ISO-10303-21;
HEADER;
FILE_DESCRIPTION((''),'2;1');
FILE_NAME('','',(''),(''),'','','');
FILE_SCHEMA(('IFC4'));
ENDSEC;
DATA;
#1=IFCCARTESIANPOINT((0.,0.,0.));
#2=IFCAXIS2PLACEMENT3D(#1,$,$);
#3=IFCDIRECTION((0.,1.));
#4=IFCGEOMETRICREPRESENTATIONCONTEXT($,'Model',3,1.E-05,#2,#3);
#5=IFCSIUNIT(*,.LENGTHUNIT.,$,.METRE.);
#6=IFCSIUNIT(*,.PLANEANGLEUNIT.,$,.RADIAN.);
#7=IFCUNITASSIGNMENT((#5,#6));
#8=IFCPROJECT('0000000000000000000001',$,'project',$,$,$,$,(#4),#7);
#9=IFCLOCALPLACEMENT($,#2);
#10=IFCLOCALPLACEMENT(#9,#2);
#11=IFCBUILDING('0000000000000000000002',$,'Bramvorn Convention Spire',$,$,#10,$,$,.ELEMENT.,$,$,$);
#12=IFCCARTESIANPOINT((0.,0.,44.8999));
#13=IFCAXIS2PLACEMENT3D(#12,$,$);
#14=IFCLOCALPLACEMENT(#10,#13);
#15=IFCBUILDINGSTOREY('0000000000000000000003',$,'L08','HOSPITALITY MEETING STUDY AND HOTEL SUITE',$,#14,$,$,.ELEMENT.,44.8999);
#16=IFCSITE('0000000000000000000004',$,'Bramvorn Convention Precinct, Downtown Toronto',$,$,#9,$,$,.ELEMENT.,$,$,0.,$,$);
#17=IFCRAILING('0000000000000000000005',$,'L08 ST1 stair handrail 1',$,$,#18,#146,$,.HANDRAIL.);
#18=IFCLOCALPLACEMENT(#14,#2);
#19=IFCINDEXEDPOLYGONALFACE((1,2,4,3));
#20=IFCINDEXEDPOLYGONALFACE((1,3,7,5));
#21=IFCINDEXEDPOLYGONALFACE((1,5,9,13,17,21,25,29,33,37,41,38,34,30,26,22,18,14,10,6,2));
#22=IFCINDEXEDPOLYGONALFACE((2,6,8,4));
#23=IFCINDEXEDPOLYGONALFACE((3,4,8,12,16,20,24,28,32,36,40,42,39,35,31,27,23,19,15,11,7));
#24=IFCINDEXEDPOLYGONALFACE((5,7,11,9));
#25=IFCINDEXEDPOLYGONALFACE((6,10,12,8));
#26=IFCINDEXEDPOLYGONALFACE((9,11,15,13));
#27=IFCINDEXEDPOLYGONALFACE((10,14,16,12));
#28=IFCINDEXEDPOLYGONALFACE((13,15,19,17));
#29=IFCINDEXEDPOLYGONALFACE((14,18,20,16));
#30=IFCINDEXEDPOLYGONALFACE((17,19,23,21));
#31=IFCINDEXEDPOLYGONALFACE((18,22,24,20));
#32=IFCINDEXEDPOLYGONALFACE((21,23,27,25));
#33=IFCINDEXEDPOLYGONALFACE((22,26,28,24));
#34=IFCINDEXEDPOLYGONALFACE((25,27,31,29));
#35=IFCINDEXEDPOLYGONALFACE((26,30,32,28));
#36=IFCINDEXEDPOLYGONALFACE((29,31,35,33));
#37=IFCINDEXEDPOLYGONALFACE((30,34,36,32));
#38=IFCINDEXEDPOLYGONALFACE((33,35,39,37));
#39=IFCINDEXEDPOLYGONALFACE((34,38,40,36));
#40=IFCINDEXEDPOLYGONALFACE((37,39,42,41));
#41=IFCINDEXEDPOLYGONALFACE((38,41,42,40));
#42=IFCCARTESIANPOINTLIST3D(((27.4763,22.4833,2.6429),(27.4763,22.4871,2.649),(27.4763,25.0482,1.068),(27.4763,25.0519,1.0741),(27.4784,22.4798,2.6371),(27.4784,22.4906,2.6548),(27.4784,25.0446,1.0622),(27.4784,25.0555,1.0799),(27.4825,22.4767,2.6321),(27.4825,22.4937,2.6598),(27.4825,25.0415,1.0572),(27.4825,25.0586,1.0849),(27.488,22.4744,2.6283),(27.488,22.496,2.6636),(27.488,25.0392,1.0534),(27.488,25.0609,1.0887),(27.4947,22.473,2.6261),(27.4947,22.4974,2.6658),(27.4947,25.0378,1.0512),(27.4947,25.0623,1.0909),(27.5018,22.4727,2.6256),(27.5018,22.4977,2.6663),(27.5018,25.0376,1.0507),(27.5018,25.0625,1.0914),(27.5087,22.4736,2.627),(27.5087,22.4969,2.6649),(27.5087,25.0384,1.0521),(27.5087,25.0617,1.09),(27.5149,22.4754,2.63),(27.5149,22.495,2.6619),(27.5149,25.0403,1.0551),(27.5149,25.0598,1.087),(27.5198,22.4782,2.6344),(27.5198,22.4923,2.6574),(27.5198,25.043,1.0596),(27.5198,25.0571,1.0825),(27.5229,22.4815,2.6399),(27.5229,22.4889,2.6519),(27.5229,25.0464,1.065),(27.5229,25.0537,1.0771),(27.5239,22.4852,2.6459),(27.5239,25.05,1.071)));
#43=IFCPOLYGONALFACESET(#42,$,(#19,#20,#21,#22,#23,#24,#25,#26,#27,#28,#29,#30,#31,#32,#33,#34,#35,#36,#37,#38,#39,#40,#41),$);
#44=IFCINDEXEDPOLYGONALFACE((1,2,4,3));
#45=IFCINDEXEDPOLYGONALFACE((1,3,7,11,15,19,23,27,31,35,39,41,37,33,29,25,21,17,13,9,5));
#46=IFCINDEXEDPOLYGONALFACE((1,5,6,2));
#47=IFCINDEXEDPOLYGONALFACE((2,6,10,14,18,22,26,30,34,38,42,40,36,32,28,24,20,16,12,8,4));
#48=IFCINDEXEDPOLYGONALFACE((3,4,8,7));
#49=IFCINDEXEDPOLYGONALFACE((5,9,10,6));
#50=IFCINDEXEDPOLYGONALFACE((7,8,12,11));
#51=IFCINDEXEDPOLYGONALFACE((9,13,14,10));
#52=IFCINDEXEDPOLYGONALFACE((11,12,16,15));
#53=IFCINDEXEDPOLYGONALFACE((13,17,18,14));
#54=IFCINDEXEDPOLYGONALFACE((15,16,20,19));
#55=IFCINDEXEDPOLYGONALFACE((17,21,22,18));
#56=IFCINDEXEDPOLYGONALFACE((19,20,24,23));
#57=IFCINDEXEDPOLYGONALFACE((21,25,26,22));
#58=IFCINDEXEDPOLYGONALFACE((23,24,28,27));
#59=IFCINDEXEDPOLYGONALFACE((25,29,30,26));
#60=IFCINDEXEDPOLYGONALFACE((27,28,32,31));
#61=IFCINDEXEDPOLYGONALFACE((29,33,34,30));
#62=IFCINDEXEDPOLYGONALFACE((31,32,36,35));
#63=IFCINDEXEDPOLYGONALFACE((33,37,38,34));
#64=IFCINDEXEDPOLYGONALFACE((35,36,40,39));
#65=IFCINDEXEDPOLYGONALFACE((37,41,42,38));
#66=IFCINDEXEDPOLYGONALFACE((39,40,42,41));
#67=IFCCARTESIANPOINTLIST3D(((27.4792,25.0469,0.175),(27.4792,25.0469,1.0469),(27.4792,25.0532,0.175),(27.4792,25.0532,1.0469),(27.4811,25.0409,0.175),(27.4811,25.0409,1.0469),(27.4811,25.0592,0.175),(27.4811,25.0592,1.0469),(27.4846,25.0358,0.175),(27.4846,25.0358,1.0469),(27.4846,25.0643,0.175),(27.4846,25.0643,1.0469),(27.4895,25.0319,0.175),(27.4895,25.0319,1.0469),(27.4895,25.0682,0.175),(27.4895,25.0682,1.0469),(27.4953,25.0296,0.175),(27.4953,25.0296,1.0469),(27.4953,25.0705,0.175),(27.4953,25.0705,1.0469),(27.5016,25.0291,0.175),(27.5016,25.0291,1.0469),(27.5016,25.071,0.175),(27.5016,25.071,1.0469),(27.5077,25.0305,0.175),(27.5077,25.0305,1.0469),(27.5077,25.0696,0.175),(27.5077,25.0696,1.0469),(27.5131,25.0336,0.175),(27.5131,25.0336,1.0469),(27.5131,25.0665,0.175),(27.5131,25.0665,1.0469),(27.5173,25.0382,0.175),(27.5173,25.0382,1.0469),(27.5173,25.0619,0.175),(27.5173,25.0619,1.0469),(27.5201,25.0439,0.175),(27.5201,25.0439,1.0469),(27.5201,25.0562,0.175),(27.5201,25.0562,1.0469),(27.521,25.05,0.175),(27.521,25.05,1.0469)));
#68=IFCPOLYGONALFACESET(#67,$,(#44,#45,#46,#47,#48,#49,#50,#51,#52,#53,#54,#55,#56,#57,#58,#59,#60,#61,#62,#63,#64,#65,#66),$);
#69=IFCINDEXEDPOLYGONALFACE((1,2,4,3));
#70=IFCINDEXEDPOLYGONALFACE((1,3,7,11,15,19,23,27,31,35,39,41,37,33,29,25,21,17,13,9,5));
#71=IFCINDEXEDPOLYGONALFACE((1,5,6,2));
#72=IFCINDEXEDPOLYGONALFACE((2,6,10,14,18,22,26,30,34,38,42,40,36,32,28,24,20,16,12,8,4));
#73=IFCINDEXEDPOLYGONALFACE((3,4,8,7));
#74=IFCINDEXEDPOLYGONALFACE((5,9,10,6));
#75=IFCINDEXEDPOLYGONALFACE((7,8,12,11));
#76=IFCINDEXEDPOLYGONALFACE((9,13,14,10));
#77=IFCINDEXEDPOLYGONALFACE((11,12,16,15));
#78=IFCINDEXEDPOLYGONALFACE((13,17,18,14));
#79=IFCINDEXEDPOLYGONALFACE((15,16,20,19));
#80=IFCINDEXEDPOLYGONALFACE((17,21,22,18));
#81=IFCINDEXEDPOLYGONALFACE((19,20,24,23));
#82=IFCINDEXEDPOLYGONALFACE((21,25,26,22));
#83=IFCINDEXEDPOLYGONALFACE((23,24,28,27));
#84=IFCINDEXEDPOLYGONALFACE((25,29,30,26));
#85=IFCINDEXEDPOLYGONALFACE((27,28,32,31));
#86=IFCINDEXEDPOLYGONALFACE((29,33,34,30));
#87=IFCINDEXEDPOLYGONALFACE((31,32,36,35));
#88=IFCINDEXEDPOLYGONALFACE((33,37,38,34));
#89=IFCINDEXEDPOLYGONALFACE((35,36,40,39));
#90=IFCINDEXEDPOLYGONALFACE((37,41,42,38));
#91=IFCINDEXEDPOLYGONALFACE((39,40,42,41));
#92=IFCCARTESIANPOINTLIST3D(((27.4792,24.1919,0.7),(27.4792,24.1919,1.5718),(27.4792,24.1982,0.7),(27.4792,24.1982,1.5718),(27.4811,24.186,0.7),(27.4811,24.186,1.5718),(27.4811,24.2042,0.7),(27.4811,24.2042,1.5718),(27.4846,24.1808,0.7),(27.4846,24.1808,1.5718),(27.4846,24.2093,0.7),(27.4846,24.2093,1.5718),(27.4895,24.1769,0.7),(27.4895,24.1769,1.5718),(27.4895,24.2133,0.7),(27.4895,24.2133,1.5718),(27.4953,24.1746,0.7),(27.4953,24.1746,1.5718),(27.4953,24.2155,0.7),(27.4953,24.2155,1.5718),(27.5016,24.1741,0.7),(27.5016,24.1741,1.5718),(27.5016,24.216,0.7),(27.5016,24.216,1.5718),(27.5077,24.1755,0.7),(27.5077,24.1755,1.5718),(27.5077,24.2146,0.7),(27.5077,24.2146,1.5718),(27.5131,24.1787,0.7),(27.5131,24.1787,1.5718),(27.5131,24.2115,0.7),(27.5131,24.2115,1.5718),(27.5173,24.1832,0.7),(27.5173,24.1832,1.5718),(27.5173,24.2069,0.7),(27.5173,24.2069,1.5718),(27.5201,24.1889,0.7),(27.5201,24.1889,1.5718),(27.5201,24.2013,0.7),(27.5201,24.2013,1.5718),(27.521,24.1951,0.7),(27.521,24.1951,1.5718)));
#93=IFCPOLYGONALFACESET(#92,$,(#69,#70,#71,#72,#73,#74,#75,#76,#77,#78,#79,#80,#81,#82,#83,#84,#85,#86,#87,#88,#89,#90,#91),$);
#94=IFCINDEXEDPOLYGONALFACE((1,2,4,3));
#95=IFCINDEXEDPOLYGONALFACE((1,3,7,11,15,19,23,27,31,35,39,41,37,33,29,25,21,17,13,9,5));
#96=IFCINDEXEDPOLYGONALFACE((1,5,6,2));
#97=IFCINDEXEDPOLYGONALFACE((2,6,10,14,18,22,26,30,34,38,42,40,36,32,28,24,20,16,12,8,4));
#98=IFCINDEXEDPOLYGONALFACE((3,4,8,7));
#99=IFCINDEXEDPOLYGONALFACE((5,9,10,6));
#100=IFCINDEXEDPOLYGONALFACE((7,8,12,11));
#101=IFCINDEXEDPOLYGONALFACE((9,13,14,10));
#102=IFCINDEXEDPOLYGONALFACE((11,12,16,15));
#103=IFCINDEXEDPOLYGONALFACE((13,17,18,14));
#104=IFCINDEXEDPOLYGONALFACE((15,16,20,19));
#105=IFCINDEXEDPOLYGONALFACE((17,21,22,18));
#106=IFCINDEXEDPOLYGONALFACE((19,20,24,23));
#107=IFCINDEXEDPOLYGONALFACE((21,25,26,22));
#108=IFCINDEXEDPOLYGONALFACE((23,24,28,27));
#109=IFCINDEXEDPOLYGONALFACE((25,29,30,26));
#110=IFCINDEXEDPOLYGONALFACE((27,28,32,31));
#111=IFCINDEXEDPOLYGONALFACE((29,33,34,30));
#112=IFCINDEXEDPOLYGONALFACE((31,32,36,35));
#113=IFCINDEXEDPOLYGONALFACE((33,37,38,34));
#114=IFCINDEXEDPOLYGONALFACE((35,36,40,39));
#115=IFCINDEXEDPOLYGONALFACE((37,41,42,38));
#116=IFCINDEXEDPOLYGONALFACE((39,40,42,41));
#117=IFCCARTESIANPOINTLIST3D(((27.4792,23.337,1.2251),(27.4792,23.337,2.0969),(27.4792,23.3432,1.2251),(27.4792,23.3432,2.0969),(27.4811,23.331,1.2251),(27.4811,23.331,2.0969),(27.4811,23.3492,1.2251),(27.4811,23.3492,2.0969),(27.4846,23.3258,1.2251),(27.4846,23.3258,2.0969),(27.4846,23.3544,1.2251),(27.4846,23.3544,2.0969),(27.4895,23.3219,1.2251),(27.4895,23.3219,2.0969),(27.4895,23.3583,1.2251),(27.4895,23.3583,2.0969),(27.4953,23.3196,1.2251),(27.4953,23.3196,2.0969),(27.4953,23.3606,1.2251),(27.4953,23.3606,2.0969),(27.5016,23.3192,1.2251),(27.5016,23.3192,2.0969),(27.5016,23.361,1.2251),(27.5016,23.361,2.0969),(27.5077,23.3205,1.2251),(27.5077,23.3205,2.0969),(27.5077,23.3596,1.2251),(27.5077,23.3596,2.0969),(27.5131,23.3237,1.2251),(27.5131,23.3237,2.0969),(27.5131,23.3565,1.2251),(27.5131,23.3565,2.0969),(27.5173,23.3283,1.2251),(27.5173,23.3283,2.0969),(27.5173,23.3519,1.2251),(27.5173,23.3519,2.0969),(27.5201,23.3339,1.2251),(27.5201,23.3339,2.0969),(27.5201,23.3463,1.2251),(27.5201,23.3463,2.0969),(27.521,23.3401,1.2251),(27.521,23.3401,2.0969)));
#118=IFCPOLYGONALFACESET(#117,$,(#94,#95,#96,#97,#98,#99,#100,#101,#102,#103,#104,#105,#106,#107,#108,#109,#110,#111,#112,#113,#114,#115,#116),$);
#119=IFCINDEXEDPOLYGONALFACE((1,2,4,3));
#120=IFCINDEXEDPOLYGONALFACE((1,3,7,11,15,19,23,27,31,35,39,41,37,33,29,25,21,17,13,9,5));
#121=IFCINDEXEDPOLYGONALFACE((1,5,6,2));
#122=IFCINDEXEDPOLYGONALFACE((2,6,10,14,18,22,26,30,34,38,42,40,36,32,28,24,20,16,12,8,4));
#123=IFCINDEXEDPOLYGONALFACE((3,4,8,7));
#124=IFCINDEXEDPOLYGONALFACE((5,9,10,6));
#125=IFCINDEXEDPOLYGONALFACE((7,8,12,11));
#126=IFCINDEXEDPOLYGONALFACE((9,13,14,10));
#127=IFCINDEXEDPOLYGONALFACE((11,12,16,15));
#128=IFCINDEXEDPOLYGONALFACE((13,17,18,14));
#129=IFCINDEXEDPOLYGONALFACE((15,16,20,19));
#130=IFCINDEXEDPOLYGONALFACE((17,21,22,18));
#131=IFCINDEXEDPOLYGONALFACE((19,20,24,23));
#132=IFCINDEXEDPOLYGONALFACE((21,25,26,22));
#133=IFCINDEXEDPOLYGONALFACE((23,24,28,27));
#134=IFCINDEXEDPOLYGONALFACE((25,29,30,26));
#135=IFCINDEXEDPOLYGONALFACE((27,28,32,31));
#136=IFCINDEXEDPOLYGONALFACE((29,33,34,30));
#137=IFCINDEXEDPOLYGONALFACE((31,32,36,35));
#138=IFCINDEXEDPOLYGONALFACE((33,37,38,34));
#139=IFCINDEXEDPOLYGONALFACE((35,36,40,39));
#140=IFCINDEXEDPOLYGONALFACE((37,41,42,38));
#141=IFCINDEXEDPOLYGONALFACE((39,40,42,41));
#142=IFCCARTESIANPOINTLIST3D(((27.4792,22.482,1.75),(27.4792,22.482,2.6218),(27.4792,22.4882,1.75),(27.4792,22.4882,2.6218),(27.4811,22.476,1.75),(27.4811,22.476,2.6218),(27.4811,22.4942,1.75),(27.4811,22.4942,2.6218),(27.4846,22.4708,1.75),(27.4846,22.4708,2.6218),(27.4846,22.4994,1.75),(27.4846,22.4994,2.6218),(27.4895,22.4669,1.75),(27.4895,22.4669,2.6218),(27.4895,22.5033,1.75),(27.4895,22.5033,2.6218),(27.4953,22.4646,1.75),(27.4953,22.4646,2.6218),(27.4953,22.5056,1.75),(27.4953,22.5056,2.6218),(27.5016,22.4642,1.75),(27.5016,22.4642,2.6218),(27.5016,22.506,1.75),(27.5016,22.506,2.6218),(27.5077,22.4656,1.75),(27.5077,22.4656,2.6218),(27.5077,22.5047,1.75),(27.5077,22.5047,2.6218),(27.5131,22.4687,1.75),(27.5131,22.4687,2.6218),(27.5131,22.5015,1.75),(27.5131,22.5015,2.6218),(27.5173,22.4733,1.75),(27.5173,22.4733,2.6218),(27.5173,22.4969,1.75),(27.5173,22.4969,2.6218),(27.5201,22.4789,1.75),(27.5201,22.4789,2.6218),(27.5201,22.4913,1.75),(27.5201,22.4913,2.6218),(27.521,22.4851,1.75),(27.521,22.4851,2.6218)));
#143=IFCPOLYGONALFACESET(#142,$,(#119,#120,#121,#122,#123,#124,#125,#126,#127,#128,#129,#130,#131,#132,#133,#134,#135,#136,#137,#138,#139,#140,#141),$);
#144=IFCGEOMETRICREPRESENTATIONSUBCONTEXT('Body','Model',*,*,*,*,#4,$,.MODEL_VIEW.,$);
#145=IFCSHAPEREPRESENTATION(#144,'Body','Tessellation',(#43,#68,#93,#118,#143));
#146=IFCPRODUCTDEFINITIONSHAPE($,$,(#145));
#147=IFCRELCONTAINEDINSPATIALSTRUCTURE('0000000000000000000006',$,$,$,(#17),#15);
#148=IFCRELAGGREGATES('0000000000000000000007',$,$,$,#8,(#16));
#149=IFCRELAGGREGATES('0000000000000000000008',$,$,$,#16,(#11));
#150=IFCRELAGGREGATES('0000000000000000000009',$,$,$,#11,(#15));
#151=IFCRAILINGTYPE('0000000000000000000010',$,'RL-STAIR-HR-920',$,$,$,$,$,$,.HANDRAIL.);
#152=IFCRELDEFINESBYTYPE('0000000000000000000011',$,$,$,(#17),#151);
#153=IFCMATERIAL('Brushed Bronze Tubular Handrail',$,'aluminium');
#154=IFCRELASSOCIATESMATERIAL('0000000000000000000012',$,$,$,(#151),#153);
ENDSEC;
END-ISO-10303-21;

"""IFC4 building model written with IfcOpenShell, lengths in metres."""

from ifc_helpers import new_model, si_unit, direction, frame, origin, origin_2d, place, context, subcontext, project, spatial, circle, extrude, material, type_object, element, save


model = new_model("IFC4")

# Units and contexts
model_context = context("Model", 3, precision=1e-05, world=origin(), true_north=direction((0.0, 1.0)))
body_context = subcontext(model_context, "Body", "Model", "MODEL_VIEW")
ifc_project = project(units=[si_unit("LENGTHUNIT", "METRE"), si_unit("PLANEANGLEUNIT", "RADIAN")], contexts=[model_context])

# Site, building, storey
site_placement = place(None, origin())
site = spatial("IfcSite", under=ifc_project, at=site_placement, Name="Bramvorn Convention Precinct, Downtown Toronto", CompositionType="ELEMENT", RefElevation=0.0)
building_placement = place(site_placement, origin())
building = spatial("IfcBuilding", under=site, at=building_placement, Name="Bramvorn Convention Spire", CompositionType="ELEMENT")
storey_placement = place(building_placement, frame((0.0, 0.0, 44.8999)))
storey = spatial("IfcBuildingStorey", under=building, at=storey_placement, Name="L08", Description="HOSPITALITY MEETING STUDY AND HOTEL SUITE", CompositionType="ELEMENT", Elevation=44.8999)

# Railing
ifc_material_1 = material(Name="Brushed Bronze Tubular Handrail", Category="aluminium")
railing_type_1 = type_object("IfcRailingType", Name="RL-STAIR-HR-920", PredefinedType="HANDRAIL", material=ifc_material_1)
for number, where, name in (
    (1, (27.5, 25.05, 0.175), "L08 ST1 stair handrail 1"),
):
    element("IfcRailing", number, at=place(storey_placement, frame(where)), inside=storey, type_object=railing_type_1, Name=name, PredefinedType="HANDRAIL", context=body_context, shape_type="SweptSolid", body=[
        extrude(circle(Radius=0.0239, at=origin_2d()), frame((0.0, 0.0, 0.896), z_axis=(0.0, -0.852173, 0.52326), x_axis=(1.0, 0.0, 0.0)), (0.0, 0.0, 1.0), 3.0098),
        extrude(circle(Radius=0.021, at=origin_2d()), origin(), (0.0, 0.0, 1.0), 0.8718),
        extrude(circle(Radius=0.021, at=origin_2d()), frame((0.0, -0.855, 0.5249)), (0.0, 0.0, 1.0), 0.8718),
        extrude(circle(Radius=0.021, at=origin_2d()), frame((0.0, -1.71, 1.05)), (0.0, 0.0, 1.0), 0.8718),
        extrude(circle(Radius=0.021, at=origin_2d()), frame((0.0, -2.5649, 1.575)), (0.0, 0.0, 1.0), 0.8718),
    ])

save(model, "model.ifc")
